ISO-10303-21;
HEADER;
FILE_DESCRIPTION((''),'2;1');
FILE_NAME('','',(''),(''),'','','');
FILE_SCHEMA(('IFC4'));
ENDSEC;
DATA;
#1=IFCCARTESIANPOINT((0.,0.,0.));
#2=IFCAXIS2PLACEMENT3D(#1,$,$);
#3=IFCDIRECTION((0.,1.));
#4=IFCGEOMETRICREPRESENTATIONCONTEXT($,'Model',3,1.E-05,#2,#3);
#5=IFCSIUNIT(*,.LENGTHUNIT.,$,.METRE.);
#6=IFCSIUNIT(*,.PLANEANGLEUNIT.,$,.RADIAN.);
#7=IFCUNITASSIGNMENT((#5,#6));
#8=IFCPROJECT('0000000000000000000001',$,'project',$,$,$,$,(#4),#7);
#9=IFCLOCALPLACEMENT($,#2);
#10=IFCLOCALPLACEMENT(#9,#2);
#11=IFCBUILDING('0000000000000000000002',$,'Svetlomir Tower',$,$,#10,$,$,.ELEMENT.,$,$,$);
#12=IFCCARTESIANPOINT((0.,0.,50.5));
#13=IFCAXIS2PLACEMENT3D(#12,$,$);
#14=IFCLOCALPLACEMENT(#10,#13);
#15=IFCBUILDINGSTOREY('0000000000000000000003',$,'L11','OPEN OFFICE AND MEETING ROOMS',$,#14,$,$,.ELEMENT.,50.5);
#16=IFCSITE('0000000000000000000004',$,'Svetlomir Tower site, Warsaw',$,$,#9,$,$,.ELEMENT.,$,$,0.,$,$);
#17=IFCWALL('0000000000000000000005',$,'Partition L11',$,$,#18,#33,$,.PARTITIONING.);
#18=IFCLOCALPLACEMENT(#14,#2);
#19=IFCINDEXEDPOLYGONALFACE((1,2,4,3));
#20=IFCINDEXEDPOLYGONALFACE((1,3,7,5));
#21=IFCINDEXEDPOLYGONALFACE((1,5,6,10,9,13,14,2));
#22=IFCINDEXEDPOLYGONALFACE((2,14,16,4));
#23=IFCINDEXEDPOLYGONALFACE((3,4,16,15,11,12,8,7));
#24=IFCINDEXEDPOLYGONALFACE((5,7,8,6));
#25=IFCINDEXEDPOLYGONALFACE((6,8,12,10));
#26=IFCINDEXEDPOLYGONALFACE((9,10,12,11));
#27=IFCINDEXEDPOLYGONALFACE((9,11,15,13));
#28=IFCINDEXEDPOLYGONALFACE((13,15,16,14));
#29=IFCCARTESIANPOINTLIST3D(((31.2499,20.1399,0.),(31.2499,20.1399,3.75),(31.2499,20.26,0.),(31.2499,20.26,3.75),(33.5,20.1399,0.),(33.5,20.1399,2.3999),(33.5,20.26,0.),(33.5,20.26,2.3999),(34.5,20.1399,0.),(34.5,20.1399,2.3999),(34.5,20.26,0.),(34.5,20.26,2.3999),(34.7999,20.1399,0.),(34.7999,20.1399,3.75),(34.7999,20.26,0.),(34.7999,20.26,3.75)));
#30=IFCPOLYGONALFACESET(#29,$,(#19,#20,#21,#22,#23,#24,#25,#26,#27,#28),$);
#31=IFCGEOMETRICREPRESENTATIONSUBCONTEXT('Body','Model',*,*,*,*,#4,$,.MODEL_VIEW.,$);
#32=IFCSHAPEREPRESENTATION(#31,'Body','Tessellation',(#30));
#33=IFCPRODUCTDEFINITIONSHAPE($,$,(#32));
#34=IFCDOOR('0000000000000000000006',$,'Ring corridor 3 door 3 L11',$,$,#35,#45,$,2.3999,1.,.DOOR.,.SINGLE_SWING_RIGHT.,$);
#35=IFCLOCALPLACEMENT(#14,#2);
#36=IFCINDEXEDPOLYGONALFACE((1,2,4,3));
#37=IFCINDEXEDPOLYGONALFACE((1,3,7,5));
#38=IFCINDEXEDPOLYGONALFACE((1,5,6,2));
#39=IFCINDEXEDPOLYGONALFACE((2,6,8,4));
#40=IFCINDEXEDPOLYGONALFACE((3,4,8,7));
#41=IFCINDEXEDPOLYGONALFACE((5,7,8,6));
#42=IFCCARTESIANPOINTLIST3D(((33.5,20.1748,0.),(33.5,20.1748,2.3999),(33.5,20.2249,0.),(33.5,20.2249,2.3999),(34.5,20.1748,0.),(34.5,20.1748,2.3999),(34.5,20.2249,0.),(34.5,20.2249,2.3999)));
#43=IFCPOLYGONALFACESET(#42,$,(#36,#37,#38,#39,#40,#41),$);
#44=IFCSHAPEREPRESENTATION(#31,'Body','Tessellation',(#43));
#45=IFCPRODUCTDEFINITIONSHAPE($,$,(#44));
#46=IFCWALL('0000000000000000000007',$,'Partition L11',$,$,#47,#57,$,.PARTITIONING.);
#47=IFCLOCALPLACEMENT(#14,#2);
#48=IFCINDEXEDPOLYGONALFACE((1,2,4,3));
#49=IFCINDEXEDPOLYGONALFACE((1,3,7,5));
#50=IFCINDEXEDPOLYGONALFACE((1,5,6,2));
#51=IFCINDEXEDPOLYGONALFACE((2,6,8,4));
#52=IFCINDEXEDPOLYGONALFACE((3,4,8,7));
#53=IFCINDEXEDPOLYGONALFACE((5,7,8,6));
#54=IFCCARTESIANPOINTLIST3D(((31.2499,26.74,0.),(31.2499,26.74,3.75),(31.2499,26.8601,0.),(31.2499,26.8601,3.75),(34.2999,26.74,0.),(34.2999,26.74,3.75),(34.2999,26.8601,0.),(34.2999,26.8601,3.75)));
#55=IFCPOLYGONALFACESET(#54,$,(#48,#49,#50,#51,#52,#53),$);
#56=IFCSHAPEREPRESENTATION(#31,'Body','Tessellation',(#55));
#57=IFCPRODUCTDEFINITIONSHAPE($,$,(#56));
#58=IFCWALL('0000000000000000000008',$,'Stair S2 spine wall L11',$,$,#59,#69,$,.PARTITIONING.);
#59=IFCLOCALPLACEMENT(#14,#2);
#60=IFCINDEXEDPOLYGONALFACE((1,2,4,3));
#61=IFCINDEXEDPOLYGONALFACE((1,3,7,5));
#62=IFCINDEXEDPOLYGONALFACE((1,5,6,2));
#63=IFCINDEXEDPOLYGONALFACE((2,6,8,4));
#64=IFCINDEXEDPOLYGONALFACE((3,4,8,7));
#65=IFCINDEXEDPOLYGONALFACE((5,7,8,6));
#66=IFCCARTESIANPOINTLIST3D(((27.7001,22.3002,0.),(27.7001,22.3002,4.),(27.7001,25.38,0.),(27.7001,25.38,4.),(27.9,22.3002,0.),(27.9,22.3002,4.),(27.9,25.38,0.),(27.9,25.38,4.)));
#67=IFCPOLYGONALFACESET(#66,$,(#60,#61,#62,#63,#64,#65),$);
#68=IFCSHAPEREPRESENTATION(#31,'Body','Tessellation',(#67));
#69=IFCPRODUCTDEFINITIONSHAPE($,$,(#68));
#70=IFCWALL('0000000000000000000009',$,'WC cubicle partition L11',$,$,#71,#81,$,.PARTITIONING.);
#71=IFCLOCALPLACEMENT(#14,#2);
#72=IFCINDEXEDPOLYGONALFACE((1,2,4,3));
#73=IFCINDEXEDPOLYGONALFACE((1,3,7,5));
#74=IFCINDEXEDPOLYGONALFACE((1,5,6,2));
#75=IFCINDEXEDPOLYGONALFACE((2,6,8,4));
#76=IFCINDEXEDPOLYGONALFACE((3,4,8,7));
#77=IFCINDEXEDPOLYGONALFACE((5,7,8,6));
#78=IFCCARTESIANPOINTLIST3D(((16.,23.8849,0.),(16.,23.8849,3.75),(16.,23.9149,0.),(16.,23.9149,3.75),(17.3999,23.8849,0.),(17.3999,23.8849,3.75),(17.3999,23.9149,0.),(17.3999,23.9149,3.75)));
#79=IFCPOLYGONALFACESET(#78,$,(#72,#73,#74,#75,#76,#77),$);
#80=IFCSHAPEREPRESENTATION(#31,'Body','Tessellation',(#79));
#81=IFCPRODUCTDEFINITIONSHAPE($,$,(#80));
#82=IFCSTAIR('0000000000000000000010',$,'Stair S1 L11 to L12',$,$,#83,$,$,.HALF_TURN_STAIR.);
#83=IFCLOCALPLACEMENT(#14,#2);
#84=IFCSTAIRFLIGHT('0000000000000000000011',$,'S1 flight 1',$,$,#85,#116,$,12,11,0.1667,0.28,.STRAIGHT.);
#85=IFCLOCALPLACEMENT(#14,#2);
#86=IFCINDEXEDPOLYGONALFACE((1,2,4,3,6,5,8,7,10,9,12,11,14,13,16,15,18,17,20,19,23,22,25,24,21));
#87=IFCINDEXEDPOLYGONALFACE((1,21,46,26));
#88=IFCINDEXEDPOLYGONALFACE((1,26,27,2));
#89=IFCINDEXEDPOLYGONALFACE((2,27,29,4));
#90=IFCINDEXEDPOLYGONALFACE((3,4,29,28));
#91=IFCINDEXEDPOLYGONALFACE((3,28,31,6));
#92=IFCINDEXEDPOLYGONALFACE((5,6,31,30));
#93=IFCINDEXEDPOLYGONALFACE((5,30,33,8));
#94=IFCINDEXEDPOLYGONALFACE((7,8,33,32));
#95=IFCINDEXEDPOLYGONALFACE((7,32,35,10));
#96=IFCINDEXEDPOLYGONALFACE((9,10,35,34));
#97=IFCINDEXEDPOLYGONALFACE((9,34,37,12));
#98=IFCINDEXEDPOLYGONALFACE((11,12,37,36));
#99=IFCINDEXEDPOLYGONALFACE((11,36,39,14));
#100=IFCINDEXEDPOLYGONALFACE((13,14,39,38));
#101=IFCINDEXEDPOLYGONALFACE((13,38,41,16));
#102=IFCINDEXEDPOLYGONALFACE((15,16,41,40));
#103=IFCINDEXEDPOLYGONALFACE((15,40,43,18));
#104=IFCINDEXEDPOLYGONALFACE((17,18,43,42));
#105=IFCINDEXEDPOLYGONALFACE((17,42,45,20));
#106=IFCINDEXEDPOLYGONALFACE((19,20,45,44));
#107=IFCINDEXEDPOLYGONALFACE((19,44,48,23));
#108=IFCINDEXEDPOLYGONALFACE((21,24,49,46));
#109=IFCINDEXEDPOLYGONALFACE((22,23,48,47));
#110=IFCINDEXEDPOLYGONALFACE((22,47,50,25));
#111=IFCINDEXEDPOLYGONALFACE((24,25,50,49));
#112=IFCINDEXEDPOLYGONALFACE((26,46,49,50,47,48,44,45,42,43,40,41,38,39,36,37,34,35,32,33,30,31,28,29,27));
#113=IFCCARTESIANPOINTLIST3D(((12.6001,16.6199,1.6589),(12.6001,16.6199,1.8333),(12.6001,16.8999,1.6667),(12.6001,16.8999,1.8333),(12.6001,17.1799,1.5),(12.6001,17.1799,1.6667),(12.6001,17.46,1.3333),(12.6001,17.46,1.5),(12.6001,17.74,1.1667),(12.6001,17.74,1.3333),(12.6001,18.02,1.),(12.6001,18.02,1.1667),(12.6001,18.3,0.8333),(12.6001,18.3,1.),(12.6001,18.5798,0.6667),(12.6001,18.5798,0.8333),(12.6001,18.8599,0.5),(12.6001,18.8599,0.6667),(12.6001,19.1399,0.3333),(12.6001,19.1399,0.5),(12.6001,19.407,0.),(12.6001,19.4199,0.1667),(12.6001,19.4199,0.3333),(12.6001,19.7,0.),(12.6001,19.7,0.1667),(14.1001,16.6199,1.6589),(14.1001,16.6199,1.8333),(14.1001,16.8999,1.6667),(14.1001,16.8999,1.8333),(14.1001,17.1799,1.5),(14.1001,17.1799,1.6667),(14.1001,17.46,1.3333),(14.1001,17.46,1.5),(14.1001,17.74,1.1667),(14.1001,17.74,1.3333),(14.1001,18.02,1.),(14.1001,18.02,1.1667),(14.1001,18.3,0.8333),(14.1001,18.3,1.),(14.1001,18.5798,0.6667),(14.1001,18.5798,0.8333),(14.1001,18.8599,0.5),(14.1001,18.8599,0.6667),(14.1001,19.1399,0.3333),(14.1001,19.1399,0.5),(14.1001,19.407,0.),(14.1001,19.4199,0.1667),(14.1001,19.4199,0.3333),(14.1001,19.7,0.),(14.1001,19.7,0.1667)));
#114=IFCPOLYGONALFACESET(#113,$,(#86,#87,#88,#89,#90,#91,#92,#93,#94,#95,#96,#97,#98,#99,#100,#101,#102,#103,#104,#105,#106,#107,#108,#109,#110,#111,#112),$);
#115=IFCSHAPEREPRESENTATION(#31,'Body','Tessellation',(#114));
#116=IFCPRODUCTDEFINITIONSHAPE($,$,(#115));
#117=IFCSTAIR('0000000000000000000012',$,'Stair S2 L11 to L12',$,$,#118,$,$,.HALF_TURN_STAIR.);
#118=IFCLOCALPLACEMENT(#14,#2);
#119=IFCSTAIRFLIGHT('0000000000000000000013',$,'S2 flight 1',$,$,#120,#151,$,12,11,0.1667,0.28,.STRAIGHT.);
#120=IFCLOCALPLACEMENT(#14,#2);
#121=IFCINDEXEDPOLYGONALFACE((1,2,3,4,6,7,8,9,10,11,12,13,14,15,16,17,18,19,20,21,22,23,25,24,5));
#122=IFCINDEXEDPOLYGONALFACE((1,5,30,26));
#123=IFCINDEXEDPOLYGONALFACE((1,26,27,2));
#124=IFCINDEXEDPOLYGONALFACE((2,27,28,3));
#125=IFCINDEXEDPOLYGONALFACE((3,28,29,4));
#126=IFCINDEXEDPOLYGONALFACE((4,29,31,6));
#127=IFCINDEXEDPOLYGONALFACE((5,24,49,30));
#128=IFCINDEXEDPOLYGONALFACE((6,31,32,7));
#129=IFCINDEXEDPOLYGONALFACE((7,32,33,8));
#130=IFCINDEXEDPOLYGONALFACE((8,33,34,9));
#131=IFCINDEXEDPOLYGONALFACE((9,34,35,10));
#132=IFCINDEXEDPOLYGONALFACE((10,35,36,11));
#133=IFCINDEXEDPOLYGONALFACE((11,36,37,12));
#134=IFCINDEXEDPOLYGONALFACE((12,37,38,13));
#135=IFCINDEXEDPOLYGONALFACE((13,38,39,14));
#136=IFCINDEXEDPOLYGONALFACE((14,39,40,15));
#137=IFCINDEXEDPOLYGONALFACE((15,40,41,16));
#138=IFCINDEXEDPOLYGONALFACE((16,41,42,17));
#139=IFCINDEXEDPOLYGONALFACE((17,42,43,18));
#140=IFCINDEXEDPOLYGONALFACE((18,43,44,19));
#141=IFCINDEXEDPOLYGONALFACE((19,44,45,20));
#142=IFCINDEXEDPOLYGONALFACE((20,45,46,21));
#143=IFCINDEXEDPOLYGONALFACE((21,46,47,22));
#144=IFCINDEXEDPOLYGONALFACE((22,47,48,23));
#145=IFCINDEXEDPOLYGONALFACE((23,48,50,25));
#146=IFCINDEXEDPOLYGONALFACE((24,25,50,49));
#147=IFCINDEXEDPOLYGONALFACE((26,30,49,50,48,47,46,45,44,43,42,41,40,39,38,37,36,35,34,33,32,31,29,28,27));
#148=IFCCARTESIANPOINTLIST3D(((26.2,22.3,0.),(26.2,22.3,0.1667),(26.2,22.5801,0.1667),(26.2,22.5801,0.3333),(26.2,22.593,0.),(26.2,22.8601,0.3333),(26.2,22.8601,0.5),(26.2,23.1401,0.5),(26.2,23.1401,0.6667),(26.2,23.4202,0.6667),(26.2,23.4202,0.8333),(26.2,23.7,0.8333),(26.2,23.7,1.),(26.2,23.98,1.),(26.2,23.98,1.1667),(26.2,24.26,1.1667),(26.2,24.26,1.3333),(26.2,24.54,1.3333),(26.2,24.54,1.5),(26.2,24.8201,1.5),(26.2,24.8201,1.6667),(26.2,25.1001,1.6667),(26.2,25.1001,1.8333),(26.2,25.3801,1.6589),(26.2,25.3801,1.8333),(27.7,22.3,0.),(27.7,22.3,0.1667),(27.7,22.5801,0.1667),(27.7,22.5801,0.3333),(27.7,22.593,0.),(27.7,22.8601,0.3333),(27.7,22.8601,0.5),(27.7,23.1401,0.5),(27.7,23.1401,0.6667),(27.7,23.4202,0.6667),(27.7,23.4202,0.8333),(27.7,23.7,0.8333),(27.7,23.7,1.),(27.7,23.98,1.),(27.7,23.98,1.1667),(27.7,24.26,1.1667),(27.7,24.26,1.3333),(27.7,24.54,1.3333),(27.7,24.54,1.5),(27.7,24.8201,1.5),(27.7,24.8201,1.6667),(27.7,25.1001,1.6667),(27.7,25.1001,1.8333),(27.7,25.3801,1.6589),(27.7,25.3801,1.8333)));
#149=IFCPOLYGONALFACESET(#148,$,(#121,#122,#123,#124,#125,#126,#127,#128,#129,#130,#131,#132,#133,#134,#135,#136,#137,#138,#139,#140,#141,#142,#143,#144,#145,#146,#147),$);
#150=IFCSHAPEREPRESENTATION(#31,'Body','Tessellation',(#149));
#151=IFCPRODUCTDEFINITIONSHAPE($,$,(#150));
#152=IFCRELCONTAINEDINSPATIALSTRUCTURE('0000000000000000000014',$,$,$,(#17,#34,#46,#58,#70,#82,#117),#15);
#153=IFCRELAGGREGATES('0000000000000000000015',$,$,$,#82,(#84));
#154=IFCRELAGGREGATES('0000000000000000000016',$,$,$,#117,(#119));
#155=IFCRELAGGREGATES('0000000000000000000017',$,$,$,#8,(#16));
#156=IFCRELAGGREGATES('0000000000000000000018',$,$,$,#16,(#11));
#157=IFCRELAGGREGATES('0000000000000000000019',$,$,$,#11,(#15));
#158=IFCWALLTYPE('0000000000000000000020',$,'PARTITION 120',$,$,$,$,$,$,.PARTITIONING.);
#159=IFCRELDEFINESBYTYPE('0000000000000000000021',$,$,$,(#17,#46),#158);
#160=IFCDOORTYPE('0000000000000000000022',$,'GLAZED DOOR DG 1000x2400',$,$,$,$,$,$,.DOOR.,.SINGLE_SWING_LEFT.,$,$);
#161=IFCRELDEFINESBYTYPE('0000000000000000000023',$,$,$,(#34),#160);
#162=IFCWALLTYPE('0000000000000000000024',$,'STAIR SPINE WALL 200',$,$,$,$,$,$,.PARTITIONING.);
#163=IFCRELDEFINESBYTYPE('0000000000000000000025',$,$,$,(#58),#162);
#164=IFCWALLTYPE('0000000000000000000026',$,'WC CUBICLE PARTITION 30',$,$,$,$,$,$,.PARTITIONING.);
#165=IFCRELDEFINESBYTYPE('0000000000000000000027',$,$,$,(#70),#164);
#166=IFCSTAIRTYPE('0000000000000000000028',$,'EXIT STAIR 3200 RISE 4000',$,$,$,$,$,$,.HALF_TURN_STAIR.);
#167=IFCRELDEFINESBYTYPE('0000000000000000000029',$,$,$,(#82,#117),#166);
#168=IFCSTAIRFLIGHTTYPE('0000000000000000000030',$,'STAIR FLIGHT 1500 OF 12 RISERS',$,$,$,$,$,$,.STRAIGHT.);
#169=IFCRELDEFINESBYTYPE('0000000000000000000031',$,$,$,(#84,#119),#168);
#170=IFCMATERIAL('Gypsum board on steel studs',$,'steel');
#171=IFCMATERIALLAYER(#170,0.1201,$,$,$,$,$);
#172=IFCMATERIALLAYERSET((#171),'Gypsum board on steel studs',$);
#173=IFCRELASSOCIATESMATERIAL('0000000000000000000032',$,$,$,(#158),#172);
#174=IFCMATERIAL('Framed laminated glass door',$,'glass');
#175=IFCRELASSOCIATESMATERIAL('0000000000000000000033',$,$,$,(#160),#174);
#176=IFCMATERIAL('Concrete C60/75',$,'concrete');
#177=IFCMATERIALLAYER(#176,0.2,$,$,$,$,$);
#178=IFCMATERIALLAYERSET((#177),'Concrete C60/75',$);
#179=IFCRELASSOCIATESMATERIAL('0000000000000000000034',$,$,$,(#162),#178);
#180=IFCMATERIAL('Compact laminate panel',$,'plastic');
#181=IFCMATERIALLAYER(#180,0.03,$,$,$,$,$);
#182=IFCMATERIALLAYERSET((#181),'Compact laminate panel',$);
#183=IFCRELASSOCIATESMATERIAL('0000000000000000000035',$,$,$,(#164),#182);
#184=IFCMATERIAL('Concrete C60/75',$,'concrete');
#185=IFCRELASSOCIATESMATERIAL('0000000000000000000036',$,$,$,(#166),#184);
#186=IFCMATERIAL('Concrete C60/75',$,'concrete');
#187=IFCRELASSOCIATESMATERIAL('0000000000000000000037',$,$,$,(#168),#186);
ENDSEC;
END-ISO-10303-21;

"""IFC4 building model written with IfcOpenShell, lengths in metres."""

from ifc_helpers import new_model, si_unit, direction, frame, frame_2d, origin, place, context, subcontext, project, spatial, polyline, rectangle, outline, extrude, material, layer, layer_set, type_object, element, fill, aggregate, save


model = new_model("IFC4")

# Units and contexts
model_context = context("Model", 3, precision=1e-05, world=origin(), true_north=direction((0.0, 1.0)))
body_context = subcontext(model_context, "Body", "Model", "MODEL_VIEW")
ifc_project = project(units=[si_unit("LENGTHUNIT", "METRE"), si_unit("PLANEANGLEUNIT", "RADIAN")], contexts=[model_context])

# Site, building, storey
site_placement = place(None, origin())
site = spatial("IfcSite", under=ifc_project, at=site_placement, Name="Svetlomir Tower site, Warsaw", CompositionType="ELEMENT", RefElevation=0.0)
building_placement = place(site_placement, origin())
building = spatial("IfcBuilding", under=site, at=building_placement, Name="Svetlomir Tower", CompositionType="ELEMENT")
storey_placement = place(building_placement, frame((0.0, 0.0, 50.5)))
storey = spatial("IfcBuildingStorey", under=building, at=storey_placement, Name="L11", Description="OPEN OFFICE AND MEETING ROOMS", CompositionType="ELEMENT", Elevation=50.5)

# Shared definitions
ifc_material_1 = material(Name="Gypsum board on steel studs", Category="steel")
ifc_layer_1 = layer(ifc_material_1, 0.1201)
ifc_layer_set_1 = layer_set([ifc_layer_1], Name="Gypsum board on steel studs")
wall_type_1 = type_object("IfcWallType", Name="PARTITION 120", PredefinedType="PARTITIONING", material=ifc_layer_set_1)

# Shared definitions
ifc_material_2 = material(Name="Framed laminated glass door", Category="glass")
door_type_1 = type_object("IfcDoorType", Name="GLAZED DOOR DG 1000x2400", OperationType="SINGLE_SWING_LEFT", PredefinedType="DOOR", material=ifc_material_2)

# Wall, opening, door
wall_1_placement = place(storey_placement, frame((31.25, 20.2, 0.0), z_axis=(0.0, 0.0, 1.0), x_axis=(1.0, 0.0, 0.0)))
wall_1 = element("IfcWall", 1, at=wall_1_placement, inside=storey, type_object=wall_type_1, Name="Partition L11", PredefinedType="PARTITIONING", context=body_context, shape_type="SweptSolid", body=[
    extrude(rectangle(XDim=3.55, YDim=0.1201, at=frame_2d((1.7749, 0.0))), origin(), (0.0, 0.0, 1.0), 3.75),
])
opening_1_placement = place(wall_1_placement, frame((2.25, 0.0, 0.0)))
opening_1 = element("IfcOpeningElement", 2, at=opening_1_placement, cuts=wall_1, PredefinedType="OPENING", context=body_context, shape_type="SweptSolid", body=[
    extrude(rectangle(XDim=1.0, YDim=2.3999, at=frame_2d((0.5, 1.2))), frame((0.0, 0.0701, 0.0), z_axis=(0.0, -1.0, 0.0), x_axis=(1.0, 0.0, 0.0)), (0.0, 0.0, 1.0), 0.1401),
])
door_1_placement = place(opening_1_placement, origin())
door_1 = element("IfcDoor", 3, at=door_1_placement, inside=storey, type_object=door_type_1, Name="Ring corridor 3 door 3 L11", OperationType="SINGLE_SWING_RIGHT", OverallHeight=2.3999, OverallWidth=1.0, PredefinedType="DOOR", context=body_context, shape_type="SweptSolid", body=[
    extrude(rectangle(XDim=1.0, YDim=2.3999, at=frame_2d((0.5, 1.2))), frame((0.0, 0.0249, 0.0), z_axis=(0.0, -1.0, 0.0), x_axis=(1.0, 0.0, 0.0)), (0.0, 0.0, 1.0), 0.05),
])
fill(opening_1, door_1)

# Walls
wall_2_placement = place(storey_placement, frame((31.25, 26.8, 0.0), z_axis=(0.0, 0.0, 1.0), x_axis=(1.0, 0.0, 0.0)))
element("IfcWall", 4, at=wall_2_placement, inside=storey, type_object=wall_type_1, Name="Partition L11", PredefinedType="PARTITIONING", context=body_context, shape_type="SweptSolid", body=[
    extrude(rectangle(XDim=3.05, YDim=0.1201, at=frame_2d((1.5249, 0.0))), origin(), (0.0, 0.0, 1.0), 3.75),
])
ifc_material_3 = material(Name="Concrete C60/75", Category="concrete")
ifc_layer_2 = layer(ifc_material_3, 0.2)
ifc_layer_set_2 = layer_set([ifc_layer_2], Name="Concrete C60/75")
wall_type_2 = type_object("IfcWallType", Name="STAIR SPINE WALL 200", PredefinedType="PARTITIONING", material=ifc_layer_set_2)
wall_3_placement = place(storey_placement, frame((27.8, 22.3, 0.0), z_axis=(0.0, 0.0, 1.0), x_axis=(0.0, 1.0, 0.0)))
element("IfcWall", 5, at=wall_3_placement, inside=storey, type_object=wall_type_2, Name="Stair S2 spine wall L11", PredefinedType="PARTITIONING", context=body_context, shape_type="SweptSolid", body=[
    extrude(rectangle(XDim=3.0798, YDim=0.2, at=frame_2d((1.54, 0.0))), origin(), (0.0, 0.0, 1.0), 4.0),
])
ifc_material_4 = material(Name="Compact laminate panel", Category="plastic")
ifc_layer_3 = layer(ifc_material_4, 0.03)
ifc_layer_set_3 = layer_set([ifc_layer_3], Name="Compact laminate panel")
wall_type_3 = type_object("IfcWallType", Name="WC CUBICLE PARTITION 30", PredefinedType="PARTITIONING", material=ifc_layer_set_3)
wall_4_placement = place(storey_placement, frame((16.0, 23.8999, 0.0), z_axis=(0.0, 0.0, 1.0), x_axis=(1.0, 0.0, 0.0)))
element("IfcWall", 6, at=wall_4_placement, inside=storey, type_object=wall_type_3, Name="WC cubicle partition L11", PredefinedType="PARTITIONING", context=body_context, shape_type="SweptSolid", body=[
    extrude(rectangle(XDim=1.3999, YDim=0.03, at=frame_2d((0.7, 0.0))), origin(), (0.0, 0.0, 1.0), 3.75),
])

# Stair, stair flight
ifc_material_5 = material(Name="Concrete C60/75", Category="concrete")
stair_type = type_object("IfcStairType", Name="EXIT STAIR 3200 RISE 4000", PredefinedType="HALF_TURN_STAIR", material=ifc_material_5)
stair_1_placement = place(storey_placement, origin())
stair_1 = element("IfcStair", 7, at=stair_1_placement, inside=storey, type_object=stair_type, Name="Stair S1 L11 to L12", PredefinedType="HALF_TURN_STAIR")
ifc_material_6 = material(Name="Concrete C60/75", Category="concrete")
stair_flight_type = type_object("IfcStairFlightType", Name="STAIR FLIGHT 1500 OF 12 RISERS", PredefinedType="STRAIGHT", material=ifc_material_6)
stair_flight_1_placement = place(storey_placement, frame((13.3501, 19.7, 0.0), z_axis=(0.0, 0.0, 1.0), x_axis=(0.0, -1.0, 0.0)))
stair_flight_1 = element("IfcStairFlight", 8, at=stair_flight_1_placement, type_object=stair_flight_type, Name="S1 flight 1", NumberOfRisers=12, NumberOfTreads=11, PredefinedType="STRAIGHT", RiserHeight=0.1667, TreadLength=0.28, context=body_context, shape_type="SweptSolid", body=[
    extrude(outline(polyline([(0.0, 0.0), (0.0, 0.1667), (0.28, 0.1667), (0.28, 0.3333), (0.5601, 0.3333), (0.5601, 0.5), (0.8401, 0.5), (0.8401, 0.6667), (1.1201, 0.6667), (1.1201, 0.8333), (1.3999, 0.8333), (1.3999, 1.0), (1.6799, 1.0), (1.6799, 1.1667), (1.96, 1.1667), (1.96, 1.3333), (2.24, 1.3333), (2.24, 1.5), (2.52, 1.5), (2.52, 1.6667), (2.8, 1.6667), (2.8, 1.8333), (3.0801, 1.8333), (3.0801, 2.0), (3.0801, 1.6589), (0.293, 0.0), (0.0, 0.0)])), frame((0.0, 0.75, 0.0), z_axis=(0.0, -1.0, 0.0), x_axis=(1.0, 0.0, 0.0)), (0.0, 0.0, 1.0), 1.5),
])
aggregate(stair_1, [stair_flight_1])

# Stair, stair flight
stair_2_placement = place(storey_placement, origin())
stair_2 = element("IfcStair", 9, at=stair_2_placement, inside=storey, type_object=stair_type, Name="Stair S2 L11 to L12", PredefinedType="HALF_TURN_STAIR")
stair_flight_2_placement = place(storey_placement, frame((26.95, 22.3, 0.0), z_axis=(0.0, 0.0, 1.0), x_axis=(0.0, 1.0, 0.0)))
stair_flight_2 = element("IfcStairFlight", 10, at=stair_flight_2_placement, type_object=stair_flight_type, Name="S2 flight 1", NumberOfRisers=12, NumberOfTreads=11, PredefinedType="STRAIGHT", RiserHeight=0.1667, TreadLength=0.28, context=body_context, shape_type="SweptSolid", body=[
    extrude(outline(polyline([(0.0, 0.0), (0.0, 0.1667), (0.28, 0.1667), (0.28, 0.3333), (0.5601, 0.3333), (0.5601, 0.5), (0.8401, 0.5), (0.8401, 0.6667), (1.1201, 0.6667), (1.1201, 0.8333), (1.3999, 0.8333), (1.3999, 1.0), (1.6799, 1.0), (1.6799, 1.1667), (1.96, 1.1667), (1.96, 1.3333), (2.24, 1.3333), (2.24, 1.5), (2.52, 1.5), (2.52, 1.6667), (2.8, 1.6667), (2.8, 1.8333), (3.0801, 1.8333), (3.0801, 2.0), (3.0801, 1.6589), (0.293, 0.0), (0.0, 0.0)])), frame((0.0, 0.75, 0.0), z_axis=(0.0, -1.0, 0.0), x_axis=(1.0, 0.0, 0.0)), (0.0, 0.0, 1.0), 1.5),
])
aggregate(stair_2, [stair_flight_2])

save(model, "model.ifc")
